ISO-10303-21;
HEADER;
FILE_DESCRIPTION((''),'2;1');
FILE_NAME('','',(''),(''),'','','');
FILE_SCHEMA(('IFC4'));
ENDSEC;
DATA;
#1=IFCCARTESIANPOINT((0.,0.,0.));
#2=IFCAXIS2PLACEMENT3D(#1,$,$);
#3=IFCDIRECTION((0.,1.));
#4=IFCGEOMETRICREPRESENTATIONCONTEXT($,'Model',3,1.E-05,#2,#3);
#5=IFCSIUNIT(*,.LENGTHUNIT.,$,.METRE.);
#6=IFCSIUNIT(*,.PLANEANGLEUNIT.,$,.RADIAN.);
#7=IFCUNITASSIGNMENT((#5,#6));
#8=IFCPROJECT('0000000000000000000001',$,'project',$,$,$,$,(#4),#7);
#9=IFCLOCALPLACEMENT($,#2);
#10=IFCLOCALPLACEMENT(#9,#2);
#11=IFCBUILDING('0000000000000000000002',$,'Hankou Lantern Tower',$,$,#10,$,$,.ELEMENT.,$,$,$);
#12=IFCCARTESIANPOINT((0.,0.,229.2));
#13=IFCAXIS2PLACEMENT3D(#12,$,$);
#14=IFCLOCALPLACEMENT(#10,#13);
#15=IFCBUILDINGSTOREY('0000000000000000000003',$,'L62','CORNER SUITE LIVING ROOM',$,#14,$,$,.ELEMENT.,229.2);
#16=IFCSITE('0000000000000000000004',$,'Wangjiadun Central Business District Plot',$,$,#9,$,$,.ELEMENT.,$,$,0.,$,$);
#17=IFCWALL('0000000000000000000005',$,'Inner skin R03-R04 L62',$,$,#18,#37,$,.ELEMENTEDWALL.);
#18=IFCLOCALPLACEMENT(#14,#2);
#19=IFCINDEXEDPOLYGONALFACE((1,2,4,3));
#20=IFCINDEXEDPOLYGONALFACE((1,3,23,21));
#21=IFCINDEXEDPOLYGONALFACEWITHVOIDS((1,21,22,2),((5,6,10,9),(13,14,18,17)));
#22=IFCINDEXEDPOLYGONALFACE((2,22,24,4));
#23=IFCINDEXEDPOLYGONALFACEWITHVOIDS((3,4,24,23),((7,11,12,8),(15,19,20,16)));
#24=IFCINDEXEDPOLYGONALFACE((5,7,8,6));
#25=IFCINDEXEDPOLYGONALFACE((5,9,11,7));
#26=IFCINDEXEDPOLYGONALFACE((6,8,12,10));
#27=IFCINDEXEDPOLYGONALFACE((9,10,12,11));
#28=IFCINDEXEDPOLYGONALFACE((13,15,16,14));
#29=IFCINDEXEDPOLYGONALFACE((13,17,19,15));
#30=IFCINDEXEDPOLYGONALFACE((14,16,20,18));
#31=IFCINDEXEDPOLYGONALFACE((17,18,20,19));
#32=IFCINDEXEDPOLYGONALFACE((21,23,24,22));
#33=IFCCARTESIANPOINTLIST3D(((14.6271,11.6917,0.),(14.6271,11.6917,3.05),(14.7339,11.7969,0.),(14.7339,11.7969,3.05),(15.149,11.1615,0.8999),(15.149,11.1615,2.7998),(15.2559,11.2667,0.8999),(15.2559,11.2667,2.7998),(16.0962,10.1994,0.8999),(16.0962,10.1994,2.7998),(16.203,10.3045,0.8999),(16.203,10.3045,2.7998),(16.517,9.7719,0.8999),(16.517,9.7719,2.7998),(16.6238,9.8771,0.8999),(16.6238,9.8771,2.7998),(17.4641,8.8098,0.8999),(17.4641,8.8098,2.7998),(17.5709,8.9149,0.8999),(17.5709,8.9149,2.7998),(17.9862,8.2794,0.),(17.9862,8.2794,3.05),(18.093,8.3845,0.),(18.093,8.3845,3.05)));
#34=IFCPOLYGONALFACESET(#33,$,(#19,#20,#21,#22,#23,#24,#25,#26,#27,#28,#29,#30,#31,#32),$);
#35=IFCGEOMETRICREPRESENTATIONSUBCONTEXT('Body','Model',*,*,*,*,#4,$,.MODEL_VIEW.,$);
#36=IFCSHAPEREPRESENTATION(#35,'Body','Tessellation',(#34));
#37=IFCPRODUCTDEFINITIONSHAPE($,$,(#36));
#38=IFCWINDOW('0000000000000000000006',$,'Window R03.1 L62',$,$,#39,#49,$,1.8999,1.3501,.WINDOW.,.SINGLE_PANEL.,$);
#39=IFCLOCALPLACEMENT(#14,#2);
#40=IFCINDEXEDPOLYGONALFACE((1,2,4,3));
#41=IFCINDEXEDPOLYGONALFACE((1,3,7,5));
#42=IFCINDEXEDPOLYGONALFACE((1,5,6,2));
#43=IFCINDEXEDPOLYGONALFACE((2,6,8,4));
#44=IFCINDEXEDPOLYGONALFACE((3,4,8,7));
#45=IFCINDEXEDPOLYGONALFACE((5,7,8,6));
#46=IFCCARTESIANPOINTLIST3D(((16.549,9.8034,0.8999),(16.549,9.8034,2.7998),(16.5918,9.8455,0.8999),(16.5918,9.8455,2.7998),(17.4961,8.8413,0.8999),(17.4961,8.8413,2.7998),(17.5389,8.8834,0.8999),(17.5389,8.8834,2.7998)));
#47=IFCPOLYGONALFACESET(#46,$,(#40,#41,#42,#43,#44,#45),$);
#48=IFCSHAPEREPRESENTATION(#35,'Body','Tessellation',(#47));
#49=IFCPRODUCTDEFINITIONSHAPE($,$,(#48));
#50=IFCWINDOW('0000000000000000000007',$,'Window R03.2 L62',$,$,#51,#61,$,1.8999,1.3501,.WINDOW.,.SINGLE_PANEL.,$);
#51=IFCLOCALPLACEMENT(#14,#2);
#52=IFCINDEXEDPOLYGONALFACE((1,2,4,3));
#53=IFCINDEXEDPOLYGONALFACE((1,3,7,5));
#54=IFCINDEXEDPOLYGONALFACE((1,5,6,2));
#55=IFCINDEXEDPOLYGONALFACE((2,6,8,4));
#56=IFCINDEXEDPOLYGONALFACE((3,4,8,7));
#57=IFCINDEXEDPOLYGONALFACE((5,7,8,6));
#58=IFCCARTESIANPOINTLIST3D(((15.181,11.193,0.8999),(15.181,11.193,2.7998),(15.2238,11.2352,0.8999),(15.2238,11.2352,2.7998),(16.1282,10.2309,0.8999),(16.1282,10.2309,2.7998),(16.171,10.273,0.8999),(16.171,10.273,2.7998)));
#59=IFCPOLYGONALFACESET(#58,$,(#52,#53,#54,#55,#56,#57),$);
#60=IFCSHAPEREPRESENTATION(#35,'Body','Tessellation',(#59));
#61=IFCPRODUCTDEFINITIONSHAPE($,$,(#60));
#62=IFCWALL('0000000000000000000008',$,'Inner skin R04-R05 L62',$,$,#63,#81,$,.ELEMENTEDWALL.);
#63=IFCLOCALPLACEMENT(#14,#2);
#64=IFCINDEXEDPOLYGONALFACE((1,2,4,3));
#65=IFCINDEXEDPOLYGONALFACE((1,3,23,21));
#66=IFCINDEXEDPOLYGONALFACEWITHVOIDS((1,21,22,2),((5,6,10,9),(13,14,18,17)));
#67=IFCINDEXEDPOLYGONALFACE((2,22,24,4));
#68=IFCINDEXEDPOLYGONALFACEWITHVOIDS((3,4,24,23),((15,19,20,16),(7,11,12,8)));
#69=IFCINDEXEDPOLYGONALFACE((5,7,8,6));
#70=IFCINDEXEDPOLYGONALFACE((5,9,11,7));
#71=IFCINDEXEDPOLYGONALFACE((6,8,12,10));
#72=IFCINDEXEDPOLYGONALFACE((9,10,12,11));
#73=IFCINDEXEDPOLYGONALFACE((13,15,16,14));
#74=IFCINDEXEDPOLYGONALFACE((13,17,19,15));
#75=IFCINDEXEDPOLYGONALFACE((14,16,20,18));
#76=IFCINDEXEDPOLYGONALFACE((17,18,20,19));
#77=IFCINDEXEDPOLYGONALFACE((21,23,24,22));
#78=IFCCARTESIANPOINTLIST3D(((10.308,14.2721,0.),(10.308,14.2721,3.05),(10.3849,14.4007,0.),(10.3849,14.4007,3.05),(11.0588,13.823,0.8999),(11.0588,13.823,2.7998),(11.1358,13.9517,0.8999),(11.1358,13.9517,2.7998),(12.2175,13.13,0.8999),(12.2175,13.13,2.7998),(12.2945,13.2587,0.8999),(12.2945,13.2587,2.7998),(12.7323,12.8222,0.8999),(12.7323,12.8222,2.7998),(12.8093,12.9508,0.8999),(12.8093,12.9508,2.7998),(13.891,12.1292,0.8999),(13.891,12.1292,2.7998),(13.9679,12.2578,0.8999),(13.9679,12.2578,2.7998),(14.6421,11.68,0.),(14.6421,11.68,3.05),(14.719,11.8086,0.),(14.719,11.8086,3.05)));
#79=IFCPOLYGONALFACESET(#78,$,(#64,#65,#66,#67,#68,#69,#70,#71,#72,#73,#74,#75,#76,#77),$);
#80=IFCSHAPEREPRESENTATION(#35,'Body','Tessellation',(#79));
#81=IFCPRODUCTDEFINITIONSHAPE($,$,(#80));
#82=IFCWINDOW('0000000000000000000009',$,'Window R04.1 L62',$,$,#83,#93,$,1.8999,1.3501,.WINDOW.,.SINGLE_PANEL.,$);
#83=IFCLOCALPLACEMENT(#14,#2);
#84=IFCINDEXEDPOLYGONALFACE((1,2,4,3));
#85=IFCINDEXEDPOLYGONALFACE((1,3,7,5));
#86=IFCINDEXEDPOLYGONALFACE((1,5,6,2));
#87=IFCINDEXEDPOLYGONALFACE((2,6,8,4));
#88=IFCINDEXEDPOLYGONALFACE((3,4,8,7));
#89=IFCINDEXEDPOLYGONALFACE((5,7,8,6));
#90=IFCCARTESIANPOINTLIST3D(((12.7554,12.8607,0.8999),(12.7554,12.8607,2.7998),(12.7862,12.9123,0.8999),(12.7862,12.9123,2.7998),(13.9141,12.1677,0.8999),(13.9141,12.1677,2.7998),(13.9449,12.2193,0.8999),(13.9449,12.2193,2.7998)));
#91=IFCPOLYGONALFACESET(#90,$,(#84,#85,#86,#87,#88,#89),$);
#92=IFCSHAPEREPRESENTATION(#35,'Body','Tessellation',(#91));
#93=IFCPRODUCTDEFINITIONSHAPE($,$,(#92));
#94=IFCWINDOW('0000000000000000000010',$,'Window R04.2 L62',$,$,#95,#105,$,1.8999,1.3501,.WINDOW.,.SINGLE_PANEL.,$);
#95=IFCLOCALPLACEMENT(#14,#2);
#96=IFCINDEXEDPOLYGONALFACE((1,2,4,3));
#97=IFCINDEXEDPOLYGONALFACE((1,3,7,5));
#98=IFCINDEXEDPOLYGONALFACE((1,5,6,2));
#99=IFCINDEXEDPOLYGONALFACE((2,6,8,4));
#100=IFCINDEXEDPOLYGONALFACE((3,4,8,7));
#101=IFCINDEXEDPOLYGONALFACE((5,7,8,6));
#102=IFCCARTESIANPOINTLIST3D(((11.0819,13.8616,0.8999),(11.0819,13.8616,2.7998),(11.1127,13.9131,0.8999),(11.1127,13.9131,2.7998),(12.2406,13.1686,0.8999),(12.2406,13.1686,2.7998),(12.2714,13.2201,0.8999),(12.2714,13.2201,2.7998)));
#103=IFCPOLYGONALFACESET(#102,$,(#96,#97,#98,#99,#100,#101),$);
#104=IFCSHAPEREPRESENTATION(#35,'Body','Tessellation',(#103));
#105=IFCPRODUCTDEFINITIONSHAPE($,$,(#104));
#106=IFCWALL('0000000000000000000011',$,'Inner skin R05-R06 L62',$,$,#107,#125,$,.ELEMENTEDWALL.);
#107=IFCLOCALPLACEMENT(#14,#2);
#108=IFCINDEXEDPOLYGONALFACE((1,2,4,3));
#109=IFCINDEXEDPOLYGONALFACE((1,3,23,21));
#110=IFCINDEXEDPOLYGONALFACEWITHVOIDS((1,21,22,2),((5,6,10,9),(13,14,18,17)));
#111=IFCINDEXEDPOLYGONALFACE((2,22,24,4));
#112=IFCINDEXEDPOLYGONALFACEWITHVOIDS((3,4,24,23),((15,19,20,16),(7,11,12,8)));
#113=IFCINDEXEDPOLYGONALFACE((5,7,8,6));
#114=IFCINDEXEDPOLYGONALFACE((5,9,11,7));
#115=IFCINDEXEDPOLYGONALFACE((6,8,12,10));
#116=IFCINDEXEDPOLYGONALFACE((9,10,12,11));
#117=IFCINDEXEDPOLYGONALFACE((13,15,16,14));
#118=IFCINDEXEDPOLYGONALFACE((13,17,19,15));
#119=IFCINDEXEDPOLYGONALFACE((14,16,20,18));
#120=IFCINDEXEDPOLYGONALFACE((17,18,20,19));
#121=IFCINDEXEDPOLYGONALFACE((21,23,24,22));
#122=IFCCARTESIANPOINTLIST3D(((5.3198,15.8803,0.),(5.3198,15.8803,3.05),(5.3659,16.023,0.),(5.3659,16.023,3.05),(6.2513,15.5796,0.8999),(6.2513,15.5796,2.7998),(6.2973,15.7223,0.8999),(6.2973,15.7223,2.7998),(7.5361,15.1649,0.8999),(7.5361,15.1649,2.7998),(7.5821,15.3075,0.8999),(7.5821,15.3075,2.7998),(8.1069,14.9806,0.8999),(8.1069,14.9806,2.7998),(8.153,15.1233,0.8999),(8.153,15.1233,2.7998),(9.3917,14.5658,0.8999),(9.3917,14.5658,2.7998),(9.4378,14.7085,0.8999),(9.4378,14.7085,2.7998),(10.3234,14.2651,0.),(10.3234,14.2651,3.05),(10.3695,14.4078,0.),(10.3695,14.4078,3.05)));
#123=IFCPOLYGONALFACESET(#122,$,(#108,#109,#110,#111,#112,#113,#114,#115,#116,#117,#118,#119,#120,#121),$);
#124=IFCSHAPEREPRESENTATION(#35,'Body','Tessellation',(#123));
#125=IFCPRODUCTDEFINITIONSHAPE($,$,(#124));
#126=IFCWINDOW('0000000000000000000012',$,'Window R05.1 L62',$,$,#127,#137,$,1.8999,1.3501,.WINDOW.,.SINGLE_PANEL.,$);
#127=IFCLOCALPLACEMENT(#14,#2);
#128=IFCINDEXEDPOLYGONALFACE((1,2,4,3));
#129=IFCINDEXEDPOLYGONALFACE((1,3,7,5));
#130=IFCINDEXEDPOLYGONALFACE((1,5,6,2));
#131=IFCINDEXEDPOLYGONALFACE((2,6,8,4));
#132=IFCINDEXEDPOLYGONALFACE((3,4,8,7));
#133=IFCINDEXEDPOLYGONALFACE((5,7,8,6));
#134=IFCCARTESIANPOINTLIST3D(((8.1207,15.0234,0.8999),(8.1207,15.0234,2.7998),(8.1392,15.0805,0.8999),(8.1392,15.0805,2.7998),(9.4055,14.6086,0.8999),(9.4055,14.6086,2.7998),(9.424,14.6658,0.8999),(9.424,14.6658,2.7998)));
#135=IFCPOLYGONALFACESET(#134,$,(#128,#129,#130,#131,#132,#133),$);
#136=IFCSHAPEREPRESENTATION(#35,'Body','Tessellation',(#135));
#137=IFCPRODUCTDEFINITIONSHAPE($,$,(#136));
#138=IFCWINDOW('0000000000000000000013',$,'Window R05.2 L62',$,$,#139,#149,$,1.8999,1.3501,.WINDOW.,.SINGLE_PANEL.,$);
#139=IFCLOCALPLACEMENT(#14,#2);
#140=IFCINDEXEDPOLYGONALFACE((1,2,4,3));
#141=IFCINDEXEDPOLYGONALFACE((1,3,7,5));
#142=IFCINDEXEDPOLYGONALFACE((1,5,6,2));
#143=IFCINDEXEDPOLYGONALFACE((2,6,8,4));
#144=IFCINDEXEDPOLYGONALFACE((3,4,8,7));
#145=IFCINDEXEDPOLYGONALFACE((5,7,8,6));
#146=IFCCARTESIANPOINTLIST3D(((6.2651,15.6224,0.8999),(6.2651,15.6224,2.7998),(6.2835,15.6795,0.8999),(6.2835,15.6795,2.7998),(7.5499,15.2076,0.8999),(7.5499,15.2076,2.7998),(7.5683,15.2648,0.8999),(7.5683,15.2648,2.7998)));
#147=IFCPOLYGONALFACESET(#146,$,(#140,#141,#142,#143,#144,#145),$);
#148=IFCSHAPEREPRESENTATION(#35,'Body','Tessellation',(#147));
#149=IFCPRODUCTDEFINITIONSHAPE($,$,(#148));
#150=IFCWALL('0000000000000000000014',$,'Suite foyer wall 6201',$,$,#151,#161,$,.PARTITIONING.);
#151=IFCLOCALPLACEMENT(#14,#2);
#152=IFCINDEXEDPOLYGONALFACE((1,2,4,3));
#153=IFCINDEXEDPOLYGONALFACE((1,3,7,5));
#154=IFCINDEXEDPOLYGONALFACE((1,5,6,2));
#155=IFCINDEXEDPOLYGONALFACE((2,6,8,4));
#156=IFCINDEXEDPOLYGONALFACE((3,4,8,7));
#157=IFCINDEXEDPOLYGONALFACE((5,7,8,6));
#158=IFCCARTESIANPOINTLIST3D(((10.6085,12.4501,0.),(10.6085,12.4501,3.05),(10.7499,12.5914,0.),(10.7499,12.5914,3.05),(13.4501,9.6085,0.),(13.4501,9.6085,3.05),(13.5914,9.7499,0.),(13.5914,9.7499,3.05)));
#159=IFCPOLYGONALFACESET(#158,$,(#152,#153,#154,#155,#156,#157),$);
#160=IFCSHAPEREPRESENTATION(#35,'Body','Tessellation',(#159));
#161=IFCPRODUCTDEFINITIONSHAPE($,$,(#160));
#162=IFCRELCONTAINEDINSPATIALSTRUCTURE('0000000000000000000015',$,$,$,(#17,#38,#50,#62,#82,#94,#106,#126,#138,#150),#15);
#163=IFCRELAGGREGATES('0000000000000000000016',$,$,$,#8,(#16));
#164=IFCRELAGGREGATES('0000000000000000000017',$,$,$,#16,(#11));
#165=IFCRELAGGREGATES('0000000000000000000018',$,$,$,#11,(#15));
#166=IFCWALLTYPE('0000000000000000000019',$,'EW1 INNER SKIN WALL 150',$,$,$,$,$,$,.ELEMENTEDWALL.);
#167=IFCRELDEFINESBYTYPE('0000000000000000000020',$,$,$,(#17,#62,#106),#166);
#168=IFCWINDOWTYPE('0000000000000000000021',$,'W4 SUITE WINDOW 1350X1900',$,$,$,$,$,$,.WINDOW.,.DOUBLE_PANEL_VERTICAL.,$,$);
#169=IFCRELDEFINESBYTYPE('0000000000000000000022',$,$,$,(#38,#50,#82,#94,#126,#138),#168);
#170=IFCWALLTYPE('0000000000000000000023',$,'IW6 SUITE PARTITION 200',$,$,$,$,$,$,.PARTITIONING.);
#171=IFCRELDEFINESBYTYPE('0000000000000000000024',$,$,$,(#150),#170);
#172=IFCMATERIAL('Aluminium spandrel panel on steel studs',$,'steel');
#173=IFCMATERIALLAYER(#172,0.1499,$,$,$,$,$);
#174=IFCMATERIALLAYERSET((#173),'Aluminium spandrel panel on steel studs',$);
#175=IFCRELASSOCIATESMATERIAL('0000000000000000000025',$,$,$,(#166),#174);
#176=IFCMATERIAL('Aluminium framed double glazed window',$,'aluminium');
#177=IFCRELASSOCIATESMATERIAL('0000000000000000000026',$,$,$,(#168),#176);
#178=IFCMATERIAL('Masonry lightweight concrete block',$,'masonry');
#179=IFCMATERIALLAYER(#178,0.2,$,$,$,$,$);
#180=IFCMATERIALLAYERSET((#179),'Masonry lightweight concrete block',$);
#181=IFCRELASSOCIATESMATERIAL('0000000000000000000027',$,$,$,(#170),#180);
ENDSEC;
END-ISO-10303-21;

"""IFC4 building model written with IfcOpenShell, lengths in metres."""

from ifc_helpers import new_model, si_unit, direction, frame, frame_2d, origin, place, context, subcontext, project, spatial, rectangle, extrude, material, layer, layer_set, type_object, element, fill, save


model = new_model("IFC4")

# Units and contexts
model_context = context("Model", 3, precision=1e-05, world=origin(), true_north=direction((0.0, 1.0)))
body_context = subcontext(model_context, "Body", "Model", "MODEL_VIEW")
ifc_project = project(units=[si_unit("LENGTHUNIT", "METRE"), si_unit("PLANEANGLEUNIT", "RADIAN")], contexts=[model_context])

# Site, building, storey
site_placement = place(None, origin())
site = spatial("IfcSite", under=ifc_project, at=site_placement, Name="Wangjiadun Central Business District Plot", CompositionType="ELEMENT", RefElevation=0.0)
building_placement = place(site_placement, origin())
building = spatial("IfcBuilding", under=site, at=building_placement, Name="Hankou Lantern Tower", CompositionType="ELEMENT")
storey_placement = place(building_placement, frame((0.0, 0.0, 229.2)))
storey = spatial("IfcBuildingStorey", under=building, at=storey_placement, Name="L62", Description="CORNER SUITE LIVING ROOM", CompositionType="ELEMENT", Elevation=229.2)

# Walls, openings, windows
ifc_material_1 = material(Name="Aluminium spandrel panel on steel studs", Category="steel")
ifc_layer_1 = layer(ifc_material_1, 0.1499)
ifc_layer_set_1 = layer_set([ifc_layer_1], Name="Aluminium spandrel panel on steel studs")
wall_type_1 = type_object("IfcWallType", Name="EW1 INNER SKIN WALL 150", PredefinedType="ELEMENTEDWALL", material=ifc_layer_set_1)
wall_1_placement = place(storey_placement, frame((18.0396, 8.332, 0.0), z_axis=(0.0, 0.0, 1.0), x_axis=(-0.701527, 0.712643, 0.0)))
wall_1 = element("IfcWall", 1, at=wall_1_placement, inside=storey, type_object=wall_type_1, Name="Inner skin R03-R04 L62", PredefinedType="ELEMENTEDWALL", context=body_context, shape_type="SweptSolid", body=[
    extrude(rectangle(XDim=4.7883, YDim=0.1499, at=frame_2d((2.394, 0.0))), origin(), (0.0, 0.0, 1.0), 3.05),
])
opening_1_placement = place(wall_1_placement, frame((0.7441, 0.0, 0.8999)))
opening_1 = element("IfcOpeningElement", 2, at=opening_1_placement, cuts=wall_1, PredefinedType="OPENING", context=body_context, shape_type="SweptSolid", body=[
    extrude(rectangle(XDim=1.3501, YDim=1.8999, at=frame_2d((0.675, 0.95))), frame((0.0, 0.085, 0.0), z_axis=(0.0, -1.0, 0.0), x_axis=(1.0, 0.0, 0.0)), (0.0, 0.0, 1.0), 0.1699),
])
opening_2_placement = place(wall_1_placement, frame((2.6941, 0.0, 0.8999)))
opening_2 = element("IfcOpeningElement", 3, at=opening_2_placement, cuts=wall_1, PredefinedType="OPENING", context=body_context, shape_type="SweptSolid", body=[
    extrude(rectangle(XDim=1.3501, YDim=1.8999, at=frame_2d((0.675, 0.95))), frame((0.0, 0.085, 0.0), z_axis=(0.0, -1.0, 0.0), x_axis=(1.0, 0.0, 0.0)), (0.0, 0.0, 1.0), 0.1699),
])
ifc_material_2 = material(Name="Aluminium framed double glazed window", Category="aluminium")
window_type = type_object("IfcWindowType", Name="W4 SUITE WINDOW 1350X1900", PartitioningType="DOUBLE_PANEL_VERTICAL", PredefinedType="WINDOW", material=ifc_material_2)
window_1_placement = place(opening_1_placement, origin())
window_1 = element("IfcWindow", 4, at=window_1_placement, inside=storey, type_object=window_type, Name="Window R03.1 L62", OverallHeight=1.8999, OverallWidth=1.3501, PartitioningType="SINGLE_PANEL", PredefinedType="WINDOW", context=body_context, shape_type="SweptSolid", body=[
    extrude(rectangle(XDim=1.3501, YDim=1.8999, at=frame_2d((0.675, 0.95))), frame((0.0, 0.03, 0.0), z_axis=(0.0, -1.0, 0.0), x_axis=(1.0, 0.0, 0.0)), (0.0, 0.0, 1.0), 0.0601),
])
fill(opening_1, window_1)
window_2_placement = place(opening_2_placement, origin())
window_2 = element("IfcWindow", 5, at=window_2_placement, inside=storey, type_object=window_type, Name="Window R03.2 L62", OverallHeight=1.8999, OverallWidth=1.3501, PartitioningType="SINGLE_PANEL", PredefinedType="WINDOW", context=body_context, shape_type="SweptSolid", body=[
    extrude(rectangle(XDim=1.3501, YDim=1.8999, at=frame_2d((0.675, 0.95))), frame((0.0, 0.03, 0.0), z_axis=(0.0, -1.0, 0.0), x_axis=(1.0, 0.0, 0.0)), (0.0, 0.0, 1.0), 0.0601),
])
fill(opening_2, window_2)
wall_2_placement = place(storey_placement, frame((14.6804, 11.7444, 0.0), z_axis=(0.0, 0.0, 1.0), x_axis=(-0.858222, 0.51328, 0.0)))
wall_2 = element("IfcWall", 6, at=wall_2_placement, inside=storey, type_object=wall_type_1, Name="Inner skin R04-R05 L62", PredefinedType="ELEMENTEDWALL", context=body_context, shape_type="SweptSolid", body=[
    extrude(rectangle(XDim=5.05, YDim=0.1499, at=frame_2d((2.5249, 0.0))), origin(), (0.0, 0.0, 1.0), 3.05),
])
opening_3_placement = place(wall_2_placement, frame((0.875, 0.0, 0.8999)))
opening_3 = element("IfcOpeningElement", 7, at=opening_3_placement, cuts=wall_2, PredefinedType="OPENING", context=body_context, shape_type="SweptSolid", body=[
    extrude(rectangle(XDim=1.3501, YDim=1.8999, at=frame_2d((0.675, 0.95))), frame((0.0, 0.085, 0.0), z_axis=(0.0, -1.0, 0.0), x_axis=(1.0, 0.0, 0.0)), (0.0, 0.0, 1.0), 0.1699),
])
opening_4_placement = place(wall_2_placement, frame((2.825, 0.0, 0.8999)))
opening_4 = element("IfcOpeningElement", 8, at=opening_4_placement, cuts=wall_2, PredefinedType="OPENING", context=body_context, shape_type="SweptSolid", body=[
    extrude(rectangle(XDim=1.3501, YDim=1.8999, at=frame_2d((0.675, 0.95))), frame((0.0, 0.085, 0.0), z_axis=(0.0, -1.0, 0.0), x_axis=(1.0, 0.0, 0.0)), (0.0, 0.0, 1.0), 0.1699),
])
window_3_placement = place(opening_3_placement, origin())
window_3 = element("IfcWindow", 9, at=window_3_placement, inside=storey, type_object=window_type, Name="Window R04.1 L62", OverallHeight=1.8999, OverallWidth=1.3501, PartitioningType="SINGLE_PANEL", PredefinedType="WINDOW", context=body_context, shape_type="SweptSolid", body=[
    extrude(rectangle(XDim=1.3501, YDim=1.8999, at=frame_2d((0.675, 0.95))), frame((0.0, 0.03, 0.0), z_axis=(0.0, -1.0, 0.0), x_axis=(1.0, 0.0, 0.0)), (0.0, 0.0, 1.0), 0.0601),
])
fill(opening_3, window_3)
window_4_placement = place(opening_4_placement, origin())
window_4 = element("IfcWindow", 10, at=window_4_placement, inside=storey, type_object=window_type, Name="Window R04.2 L62", OverallHeight=1.8999, OverallWidth=1.3501, PartitioningType="SINGLE_PANEL", PredefinedType="WINDOW", context=body_context, shape_type="SweptSolid", body=[
    extrude(rectangle(XDim=1.3501, YDim=1.8999, at=frame_2d((0.675, 0.95))), frame((0.0, 0.03, 0.0), z_axis=(0.0, -1.0, 0.0), x_axis=(1.0, 0.0, 0.0)), (0.0, 0.0, 1.0), 0.0601),
])
fill(opening_4, window_4)
wall_3_placement = place(storey_placement, frame((10.3464, 14.3364, 0.0), z_axis=(0.0, 0.0, 1.0), x_axis=(-0.951645, 0.307201, 0.0)))
wall_3 = element("IfcWall", 11, at=wall_3_placement, inside=storey, type_object=wall_type_1, Name="Inner skin R05-R06 L62", PredefinedType="ELEMENTEDWALL", context=body_context, shape_type="SweptSolid", body=[
    extrude(rectangle(XDim=5.2578, YDim=0.1499, at=frame_2d((2.6289, 0.0))), origin(), (0.0, 0.0, 1.0), 3.05),
])
opening_5_placement = place(wall_3_placement, frame((0.979, 0.0, 0.8999)))
opening_5 = element("IfcOpeningElement", 12, at=opening_5_placement, cuts=wall_3, PredefinedType="OPENING", context=body_context, shape_type="SweptSolid", body=[
    extrude(rectangle(XDim=1.3501, YDim=1.8999, at=frame_2d((0.675, 0.95))), frame((0.0, 0.085, 0.0), z_axis=(0.0, -1.0, 0.0), x_axis=(1.0, 0.0, 0.0)), (0.0, 0.0, 1.0), 0.1699),
])
opening_6_placement = place(wall_3_placement, frame((2.929, 0.0, 0.8999)))
opening_6 = element("IfcOpeningElement", 13, at=opening_6_placement, cuts=wall_3, PredefinedType="OPENING", context=body_context, shape_type="SweptSolid", body=[
    extrude(rectangle(XDim=1.3501, YDim=1.8999, at=frame_2d((0.675, 0.95))), frame((0.0, 0.085, 0.0), z_axis=(0.0, -1.0, 0.0), x_axis=(1.0, 0.0, 0.0)), (0.0, 0.0, 1.0), 0.1699),
])
window_5_placement = place(opening_5_placement, origin())
window_5 = element("IfcWindow", 14, at=window_5_placement, inside=storey, type_object=window_type, Name="Window R05.1 L62", OverallHeight=1.8999, OverallWidth=1.3501, PartitioningType="SINGLE_PANEL", PredefinedType="WINDOW", context=body_context, shape_type="SweptSolid", body=[
    extrude(rectangle(XDim=1.3501, YDim=1.8999, at=frame_2d((0.675, 0.95))), frame((0.0, 0.03, 0.0), z_axis=(0.0, -1.0, 0.0), x_axis=(1.0, 0.0, 0.0)), (0.0, 0.0, 1.0), 0.0601),
])
fill(opening_5, window_5)
window_6_placement = place(opening_6_placement, origin())
window_6 = element("IfcWindow", 15, at=window_6_placement, inside=storey, type_object=window_type, Name="Window R05.2 L62", OverallHeight=1.8999, OverallWidth=1.3501, PartitioningType="SINGLE_PANEL", PredefinedType="WINDOW", context=body_context, shape_type="SweptSolid", body=[
    extrude(rectangle(XDim=1.3501, YDim=1.8999, at=frame_2d((0.675, 0.95))), frame((0.0, 0.03, 0.0), z_axis=(0.0, -1.0, 0.0), x_axis=(1.0, 0.0, 0.0)), (0.0, 0.0, 1.0), 0.0601),
])
fill(opening_6, window_6)

# Wall
ifc_material_3 = material(Name="Masonry lightweight concrete block", Category="masonry")
ifc_layer_2 = layer(ifc_material_3, 0.2)
ifc_layer_set_2 = layer_set([ifc_layer_2], Name="Masonry lightweight concrete block")
wall_type_2 = type_object("IfcWallType", Name="IW6 SUITE PARTITION 200", PredefinedType="PARTITIONING", material=ifc_layer_set_2)
wall_4_placement = place(storey_placement, frame((13.5208, 9.6792, 0.0), z_axis=(0.0, 0.0, 1.0), x_axis=(-0.707107, 0.707107, 0.0)))
element("IfcWall", 16, at=wall_4_placement, inside=storey, type_object=wall_type_2, Name="Suite foyer wall 6201", PredefinedType="PARTITIONING", context=body_context, shape_type="SweptSolid", body=[
    extrude(rectangle(XDim=4.0186, YDim=0.2, at=frame_2d((2.0093, 0.0))), origin(), (0.0, 0.0, 1.0), 3.05),
])

save(model, "model.ifc")
